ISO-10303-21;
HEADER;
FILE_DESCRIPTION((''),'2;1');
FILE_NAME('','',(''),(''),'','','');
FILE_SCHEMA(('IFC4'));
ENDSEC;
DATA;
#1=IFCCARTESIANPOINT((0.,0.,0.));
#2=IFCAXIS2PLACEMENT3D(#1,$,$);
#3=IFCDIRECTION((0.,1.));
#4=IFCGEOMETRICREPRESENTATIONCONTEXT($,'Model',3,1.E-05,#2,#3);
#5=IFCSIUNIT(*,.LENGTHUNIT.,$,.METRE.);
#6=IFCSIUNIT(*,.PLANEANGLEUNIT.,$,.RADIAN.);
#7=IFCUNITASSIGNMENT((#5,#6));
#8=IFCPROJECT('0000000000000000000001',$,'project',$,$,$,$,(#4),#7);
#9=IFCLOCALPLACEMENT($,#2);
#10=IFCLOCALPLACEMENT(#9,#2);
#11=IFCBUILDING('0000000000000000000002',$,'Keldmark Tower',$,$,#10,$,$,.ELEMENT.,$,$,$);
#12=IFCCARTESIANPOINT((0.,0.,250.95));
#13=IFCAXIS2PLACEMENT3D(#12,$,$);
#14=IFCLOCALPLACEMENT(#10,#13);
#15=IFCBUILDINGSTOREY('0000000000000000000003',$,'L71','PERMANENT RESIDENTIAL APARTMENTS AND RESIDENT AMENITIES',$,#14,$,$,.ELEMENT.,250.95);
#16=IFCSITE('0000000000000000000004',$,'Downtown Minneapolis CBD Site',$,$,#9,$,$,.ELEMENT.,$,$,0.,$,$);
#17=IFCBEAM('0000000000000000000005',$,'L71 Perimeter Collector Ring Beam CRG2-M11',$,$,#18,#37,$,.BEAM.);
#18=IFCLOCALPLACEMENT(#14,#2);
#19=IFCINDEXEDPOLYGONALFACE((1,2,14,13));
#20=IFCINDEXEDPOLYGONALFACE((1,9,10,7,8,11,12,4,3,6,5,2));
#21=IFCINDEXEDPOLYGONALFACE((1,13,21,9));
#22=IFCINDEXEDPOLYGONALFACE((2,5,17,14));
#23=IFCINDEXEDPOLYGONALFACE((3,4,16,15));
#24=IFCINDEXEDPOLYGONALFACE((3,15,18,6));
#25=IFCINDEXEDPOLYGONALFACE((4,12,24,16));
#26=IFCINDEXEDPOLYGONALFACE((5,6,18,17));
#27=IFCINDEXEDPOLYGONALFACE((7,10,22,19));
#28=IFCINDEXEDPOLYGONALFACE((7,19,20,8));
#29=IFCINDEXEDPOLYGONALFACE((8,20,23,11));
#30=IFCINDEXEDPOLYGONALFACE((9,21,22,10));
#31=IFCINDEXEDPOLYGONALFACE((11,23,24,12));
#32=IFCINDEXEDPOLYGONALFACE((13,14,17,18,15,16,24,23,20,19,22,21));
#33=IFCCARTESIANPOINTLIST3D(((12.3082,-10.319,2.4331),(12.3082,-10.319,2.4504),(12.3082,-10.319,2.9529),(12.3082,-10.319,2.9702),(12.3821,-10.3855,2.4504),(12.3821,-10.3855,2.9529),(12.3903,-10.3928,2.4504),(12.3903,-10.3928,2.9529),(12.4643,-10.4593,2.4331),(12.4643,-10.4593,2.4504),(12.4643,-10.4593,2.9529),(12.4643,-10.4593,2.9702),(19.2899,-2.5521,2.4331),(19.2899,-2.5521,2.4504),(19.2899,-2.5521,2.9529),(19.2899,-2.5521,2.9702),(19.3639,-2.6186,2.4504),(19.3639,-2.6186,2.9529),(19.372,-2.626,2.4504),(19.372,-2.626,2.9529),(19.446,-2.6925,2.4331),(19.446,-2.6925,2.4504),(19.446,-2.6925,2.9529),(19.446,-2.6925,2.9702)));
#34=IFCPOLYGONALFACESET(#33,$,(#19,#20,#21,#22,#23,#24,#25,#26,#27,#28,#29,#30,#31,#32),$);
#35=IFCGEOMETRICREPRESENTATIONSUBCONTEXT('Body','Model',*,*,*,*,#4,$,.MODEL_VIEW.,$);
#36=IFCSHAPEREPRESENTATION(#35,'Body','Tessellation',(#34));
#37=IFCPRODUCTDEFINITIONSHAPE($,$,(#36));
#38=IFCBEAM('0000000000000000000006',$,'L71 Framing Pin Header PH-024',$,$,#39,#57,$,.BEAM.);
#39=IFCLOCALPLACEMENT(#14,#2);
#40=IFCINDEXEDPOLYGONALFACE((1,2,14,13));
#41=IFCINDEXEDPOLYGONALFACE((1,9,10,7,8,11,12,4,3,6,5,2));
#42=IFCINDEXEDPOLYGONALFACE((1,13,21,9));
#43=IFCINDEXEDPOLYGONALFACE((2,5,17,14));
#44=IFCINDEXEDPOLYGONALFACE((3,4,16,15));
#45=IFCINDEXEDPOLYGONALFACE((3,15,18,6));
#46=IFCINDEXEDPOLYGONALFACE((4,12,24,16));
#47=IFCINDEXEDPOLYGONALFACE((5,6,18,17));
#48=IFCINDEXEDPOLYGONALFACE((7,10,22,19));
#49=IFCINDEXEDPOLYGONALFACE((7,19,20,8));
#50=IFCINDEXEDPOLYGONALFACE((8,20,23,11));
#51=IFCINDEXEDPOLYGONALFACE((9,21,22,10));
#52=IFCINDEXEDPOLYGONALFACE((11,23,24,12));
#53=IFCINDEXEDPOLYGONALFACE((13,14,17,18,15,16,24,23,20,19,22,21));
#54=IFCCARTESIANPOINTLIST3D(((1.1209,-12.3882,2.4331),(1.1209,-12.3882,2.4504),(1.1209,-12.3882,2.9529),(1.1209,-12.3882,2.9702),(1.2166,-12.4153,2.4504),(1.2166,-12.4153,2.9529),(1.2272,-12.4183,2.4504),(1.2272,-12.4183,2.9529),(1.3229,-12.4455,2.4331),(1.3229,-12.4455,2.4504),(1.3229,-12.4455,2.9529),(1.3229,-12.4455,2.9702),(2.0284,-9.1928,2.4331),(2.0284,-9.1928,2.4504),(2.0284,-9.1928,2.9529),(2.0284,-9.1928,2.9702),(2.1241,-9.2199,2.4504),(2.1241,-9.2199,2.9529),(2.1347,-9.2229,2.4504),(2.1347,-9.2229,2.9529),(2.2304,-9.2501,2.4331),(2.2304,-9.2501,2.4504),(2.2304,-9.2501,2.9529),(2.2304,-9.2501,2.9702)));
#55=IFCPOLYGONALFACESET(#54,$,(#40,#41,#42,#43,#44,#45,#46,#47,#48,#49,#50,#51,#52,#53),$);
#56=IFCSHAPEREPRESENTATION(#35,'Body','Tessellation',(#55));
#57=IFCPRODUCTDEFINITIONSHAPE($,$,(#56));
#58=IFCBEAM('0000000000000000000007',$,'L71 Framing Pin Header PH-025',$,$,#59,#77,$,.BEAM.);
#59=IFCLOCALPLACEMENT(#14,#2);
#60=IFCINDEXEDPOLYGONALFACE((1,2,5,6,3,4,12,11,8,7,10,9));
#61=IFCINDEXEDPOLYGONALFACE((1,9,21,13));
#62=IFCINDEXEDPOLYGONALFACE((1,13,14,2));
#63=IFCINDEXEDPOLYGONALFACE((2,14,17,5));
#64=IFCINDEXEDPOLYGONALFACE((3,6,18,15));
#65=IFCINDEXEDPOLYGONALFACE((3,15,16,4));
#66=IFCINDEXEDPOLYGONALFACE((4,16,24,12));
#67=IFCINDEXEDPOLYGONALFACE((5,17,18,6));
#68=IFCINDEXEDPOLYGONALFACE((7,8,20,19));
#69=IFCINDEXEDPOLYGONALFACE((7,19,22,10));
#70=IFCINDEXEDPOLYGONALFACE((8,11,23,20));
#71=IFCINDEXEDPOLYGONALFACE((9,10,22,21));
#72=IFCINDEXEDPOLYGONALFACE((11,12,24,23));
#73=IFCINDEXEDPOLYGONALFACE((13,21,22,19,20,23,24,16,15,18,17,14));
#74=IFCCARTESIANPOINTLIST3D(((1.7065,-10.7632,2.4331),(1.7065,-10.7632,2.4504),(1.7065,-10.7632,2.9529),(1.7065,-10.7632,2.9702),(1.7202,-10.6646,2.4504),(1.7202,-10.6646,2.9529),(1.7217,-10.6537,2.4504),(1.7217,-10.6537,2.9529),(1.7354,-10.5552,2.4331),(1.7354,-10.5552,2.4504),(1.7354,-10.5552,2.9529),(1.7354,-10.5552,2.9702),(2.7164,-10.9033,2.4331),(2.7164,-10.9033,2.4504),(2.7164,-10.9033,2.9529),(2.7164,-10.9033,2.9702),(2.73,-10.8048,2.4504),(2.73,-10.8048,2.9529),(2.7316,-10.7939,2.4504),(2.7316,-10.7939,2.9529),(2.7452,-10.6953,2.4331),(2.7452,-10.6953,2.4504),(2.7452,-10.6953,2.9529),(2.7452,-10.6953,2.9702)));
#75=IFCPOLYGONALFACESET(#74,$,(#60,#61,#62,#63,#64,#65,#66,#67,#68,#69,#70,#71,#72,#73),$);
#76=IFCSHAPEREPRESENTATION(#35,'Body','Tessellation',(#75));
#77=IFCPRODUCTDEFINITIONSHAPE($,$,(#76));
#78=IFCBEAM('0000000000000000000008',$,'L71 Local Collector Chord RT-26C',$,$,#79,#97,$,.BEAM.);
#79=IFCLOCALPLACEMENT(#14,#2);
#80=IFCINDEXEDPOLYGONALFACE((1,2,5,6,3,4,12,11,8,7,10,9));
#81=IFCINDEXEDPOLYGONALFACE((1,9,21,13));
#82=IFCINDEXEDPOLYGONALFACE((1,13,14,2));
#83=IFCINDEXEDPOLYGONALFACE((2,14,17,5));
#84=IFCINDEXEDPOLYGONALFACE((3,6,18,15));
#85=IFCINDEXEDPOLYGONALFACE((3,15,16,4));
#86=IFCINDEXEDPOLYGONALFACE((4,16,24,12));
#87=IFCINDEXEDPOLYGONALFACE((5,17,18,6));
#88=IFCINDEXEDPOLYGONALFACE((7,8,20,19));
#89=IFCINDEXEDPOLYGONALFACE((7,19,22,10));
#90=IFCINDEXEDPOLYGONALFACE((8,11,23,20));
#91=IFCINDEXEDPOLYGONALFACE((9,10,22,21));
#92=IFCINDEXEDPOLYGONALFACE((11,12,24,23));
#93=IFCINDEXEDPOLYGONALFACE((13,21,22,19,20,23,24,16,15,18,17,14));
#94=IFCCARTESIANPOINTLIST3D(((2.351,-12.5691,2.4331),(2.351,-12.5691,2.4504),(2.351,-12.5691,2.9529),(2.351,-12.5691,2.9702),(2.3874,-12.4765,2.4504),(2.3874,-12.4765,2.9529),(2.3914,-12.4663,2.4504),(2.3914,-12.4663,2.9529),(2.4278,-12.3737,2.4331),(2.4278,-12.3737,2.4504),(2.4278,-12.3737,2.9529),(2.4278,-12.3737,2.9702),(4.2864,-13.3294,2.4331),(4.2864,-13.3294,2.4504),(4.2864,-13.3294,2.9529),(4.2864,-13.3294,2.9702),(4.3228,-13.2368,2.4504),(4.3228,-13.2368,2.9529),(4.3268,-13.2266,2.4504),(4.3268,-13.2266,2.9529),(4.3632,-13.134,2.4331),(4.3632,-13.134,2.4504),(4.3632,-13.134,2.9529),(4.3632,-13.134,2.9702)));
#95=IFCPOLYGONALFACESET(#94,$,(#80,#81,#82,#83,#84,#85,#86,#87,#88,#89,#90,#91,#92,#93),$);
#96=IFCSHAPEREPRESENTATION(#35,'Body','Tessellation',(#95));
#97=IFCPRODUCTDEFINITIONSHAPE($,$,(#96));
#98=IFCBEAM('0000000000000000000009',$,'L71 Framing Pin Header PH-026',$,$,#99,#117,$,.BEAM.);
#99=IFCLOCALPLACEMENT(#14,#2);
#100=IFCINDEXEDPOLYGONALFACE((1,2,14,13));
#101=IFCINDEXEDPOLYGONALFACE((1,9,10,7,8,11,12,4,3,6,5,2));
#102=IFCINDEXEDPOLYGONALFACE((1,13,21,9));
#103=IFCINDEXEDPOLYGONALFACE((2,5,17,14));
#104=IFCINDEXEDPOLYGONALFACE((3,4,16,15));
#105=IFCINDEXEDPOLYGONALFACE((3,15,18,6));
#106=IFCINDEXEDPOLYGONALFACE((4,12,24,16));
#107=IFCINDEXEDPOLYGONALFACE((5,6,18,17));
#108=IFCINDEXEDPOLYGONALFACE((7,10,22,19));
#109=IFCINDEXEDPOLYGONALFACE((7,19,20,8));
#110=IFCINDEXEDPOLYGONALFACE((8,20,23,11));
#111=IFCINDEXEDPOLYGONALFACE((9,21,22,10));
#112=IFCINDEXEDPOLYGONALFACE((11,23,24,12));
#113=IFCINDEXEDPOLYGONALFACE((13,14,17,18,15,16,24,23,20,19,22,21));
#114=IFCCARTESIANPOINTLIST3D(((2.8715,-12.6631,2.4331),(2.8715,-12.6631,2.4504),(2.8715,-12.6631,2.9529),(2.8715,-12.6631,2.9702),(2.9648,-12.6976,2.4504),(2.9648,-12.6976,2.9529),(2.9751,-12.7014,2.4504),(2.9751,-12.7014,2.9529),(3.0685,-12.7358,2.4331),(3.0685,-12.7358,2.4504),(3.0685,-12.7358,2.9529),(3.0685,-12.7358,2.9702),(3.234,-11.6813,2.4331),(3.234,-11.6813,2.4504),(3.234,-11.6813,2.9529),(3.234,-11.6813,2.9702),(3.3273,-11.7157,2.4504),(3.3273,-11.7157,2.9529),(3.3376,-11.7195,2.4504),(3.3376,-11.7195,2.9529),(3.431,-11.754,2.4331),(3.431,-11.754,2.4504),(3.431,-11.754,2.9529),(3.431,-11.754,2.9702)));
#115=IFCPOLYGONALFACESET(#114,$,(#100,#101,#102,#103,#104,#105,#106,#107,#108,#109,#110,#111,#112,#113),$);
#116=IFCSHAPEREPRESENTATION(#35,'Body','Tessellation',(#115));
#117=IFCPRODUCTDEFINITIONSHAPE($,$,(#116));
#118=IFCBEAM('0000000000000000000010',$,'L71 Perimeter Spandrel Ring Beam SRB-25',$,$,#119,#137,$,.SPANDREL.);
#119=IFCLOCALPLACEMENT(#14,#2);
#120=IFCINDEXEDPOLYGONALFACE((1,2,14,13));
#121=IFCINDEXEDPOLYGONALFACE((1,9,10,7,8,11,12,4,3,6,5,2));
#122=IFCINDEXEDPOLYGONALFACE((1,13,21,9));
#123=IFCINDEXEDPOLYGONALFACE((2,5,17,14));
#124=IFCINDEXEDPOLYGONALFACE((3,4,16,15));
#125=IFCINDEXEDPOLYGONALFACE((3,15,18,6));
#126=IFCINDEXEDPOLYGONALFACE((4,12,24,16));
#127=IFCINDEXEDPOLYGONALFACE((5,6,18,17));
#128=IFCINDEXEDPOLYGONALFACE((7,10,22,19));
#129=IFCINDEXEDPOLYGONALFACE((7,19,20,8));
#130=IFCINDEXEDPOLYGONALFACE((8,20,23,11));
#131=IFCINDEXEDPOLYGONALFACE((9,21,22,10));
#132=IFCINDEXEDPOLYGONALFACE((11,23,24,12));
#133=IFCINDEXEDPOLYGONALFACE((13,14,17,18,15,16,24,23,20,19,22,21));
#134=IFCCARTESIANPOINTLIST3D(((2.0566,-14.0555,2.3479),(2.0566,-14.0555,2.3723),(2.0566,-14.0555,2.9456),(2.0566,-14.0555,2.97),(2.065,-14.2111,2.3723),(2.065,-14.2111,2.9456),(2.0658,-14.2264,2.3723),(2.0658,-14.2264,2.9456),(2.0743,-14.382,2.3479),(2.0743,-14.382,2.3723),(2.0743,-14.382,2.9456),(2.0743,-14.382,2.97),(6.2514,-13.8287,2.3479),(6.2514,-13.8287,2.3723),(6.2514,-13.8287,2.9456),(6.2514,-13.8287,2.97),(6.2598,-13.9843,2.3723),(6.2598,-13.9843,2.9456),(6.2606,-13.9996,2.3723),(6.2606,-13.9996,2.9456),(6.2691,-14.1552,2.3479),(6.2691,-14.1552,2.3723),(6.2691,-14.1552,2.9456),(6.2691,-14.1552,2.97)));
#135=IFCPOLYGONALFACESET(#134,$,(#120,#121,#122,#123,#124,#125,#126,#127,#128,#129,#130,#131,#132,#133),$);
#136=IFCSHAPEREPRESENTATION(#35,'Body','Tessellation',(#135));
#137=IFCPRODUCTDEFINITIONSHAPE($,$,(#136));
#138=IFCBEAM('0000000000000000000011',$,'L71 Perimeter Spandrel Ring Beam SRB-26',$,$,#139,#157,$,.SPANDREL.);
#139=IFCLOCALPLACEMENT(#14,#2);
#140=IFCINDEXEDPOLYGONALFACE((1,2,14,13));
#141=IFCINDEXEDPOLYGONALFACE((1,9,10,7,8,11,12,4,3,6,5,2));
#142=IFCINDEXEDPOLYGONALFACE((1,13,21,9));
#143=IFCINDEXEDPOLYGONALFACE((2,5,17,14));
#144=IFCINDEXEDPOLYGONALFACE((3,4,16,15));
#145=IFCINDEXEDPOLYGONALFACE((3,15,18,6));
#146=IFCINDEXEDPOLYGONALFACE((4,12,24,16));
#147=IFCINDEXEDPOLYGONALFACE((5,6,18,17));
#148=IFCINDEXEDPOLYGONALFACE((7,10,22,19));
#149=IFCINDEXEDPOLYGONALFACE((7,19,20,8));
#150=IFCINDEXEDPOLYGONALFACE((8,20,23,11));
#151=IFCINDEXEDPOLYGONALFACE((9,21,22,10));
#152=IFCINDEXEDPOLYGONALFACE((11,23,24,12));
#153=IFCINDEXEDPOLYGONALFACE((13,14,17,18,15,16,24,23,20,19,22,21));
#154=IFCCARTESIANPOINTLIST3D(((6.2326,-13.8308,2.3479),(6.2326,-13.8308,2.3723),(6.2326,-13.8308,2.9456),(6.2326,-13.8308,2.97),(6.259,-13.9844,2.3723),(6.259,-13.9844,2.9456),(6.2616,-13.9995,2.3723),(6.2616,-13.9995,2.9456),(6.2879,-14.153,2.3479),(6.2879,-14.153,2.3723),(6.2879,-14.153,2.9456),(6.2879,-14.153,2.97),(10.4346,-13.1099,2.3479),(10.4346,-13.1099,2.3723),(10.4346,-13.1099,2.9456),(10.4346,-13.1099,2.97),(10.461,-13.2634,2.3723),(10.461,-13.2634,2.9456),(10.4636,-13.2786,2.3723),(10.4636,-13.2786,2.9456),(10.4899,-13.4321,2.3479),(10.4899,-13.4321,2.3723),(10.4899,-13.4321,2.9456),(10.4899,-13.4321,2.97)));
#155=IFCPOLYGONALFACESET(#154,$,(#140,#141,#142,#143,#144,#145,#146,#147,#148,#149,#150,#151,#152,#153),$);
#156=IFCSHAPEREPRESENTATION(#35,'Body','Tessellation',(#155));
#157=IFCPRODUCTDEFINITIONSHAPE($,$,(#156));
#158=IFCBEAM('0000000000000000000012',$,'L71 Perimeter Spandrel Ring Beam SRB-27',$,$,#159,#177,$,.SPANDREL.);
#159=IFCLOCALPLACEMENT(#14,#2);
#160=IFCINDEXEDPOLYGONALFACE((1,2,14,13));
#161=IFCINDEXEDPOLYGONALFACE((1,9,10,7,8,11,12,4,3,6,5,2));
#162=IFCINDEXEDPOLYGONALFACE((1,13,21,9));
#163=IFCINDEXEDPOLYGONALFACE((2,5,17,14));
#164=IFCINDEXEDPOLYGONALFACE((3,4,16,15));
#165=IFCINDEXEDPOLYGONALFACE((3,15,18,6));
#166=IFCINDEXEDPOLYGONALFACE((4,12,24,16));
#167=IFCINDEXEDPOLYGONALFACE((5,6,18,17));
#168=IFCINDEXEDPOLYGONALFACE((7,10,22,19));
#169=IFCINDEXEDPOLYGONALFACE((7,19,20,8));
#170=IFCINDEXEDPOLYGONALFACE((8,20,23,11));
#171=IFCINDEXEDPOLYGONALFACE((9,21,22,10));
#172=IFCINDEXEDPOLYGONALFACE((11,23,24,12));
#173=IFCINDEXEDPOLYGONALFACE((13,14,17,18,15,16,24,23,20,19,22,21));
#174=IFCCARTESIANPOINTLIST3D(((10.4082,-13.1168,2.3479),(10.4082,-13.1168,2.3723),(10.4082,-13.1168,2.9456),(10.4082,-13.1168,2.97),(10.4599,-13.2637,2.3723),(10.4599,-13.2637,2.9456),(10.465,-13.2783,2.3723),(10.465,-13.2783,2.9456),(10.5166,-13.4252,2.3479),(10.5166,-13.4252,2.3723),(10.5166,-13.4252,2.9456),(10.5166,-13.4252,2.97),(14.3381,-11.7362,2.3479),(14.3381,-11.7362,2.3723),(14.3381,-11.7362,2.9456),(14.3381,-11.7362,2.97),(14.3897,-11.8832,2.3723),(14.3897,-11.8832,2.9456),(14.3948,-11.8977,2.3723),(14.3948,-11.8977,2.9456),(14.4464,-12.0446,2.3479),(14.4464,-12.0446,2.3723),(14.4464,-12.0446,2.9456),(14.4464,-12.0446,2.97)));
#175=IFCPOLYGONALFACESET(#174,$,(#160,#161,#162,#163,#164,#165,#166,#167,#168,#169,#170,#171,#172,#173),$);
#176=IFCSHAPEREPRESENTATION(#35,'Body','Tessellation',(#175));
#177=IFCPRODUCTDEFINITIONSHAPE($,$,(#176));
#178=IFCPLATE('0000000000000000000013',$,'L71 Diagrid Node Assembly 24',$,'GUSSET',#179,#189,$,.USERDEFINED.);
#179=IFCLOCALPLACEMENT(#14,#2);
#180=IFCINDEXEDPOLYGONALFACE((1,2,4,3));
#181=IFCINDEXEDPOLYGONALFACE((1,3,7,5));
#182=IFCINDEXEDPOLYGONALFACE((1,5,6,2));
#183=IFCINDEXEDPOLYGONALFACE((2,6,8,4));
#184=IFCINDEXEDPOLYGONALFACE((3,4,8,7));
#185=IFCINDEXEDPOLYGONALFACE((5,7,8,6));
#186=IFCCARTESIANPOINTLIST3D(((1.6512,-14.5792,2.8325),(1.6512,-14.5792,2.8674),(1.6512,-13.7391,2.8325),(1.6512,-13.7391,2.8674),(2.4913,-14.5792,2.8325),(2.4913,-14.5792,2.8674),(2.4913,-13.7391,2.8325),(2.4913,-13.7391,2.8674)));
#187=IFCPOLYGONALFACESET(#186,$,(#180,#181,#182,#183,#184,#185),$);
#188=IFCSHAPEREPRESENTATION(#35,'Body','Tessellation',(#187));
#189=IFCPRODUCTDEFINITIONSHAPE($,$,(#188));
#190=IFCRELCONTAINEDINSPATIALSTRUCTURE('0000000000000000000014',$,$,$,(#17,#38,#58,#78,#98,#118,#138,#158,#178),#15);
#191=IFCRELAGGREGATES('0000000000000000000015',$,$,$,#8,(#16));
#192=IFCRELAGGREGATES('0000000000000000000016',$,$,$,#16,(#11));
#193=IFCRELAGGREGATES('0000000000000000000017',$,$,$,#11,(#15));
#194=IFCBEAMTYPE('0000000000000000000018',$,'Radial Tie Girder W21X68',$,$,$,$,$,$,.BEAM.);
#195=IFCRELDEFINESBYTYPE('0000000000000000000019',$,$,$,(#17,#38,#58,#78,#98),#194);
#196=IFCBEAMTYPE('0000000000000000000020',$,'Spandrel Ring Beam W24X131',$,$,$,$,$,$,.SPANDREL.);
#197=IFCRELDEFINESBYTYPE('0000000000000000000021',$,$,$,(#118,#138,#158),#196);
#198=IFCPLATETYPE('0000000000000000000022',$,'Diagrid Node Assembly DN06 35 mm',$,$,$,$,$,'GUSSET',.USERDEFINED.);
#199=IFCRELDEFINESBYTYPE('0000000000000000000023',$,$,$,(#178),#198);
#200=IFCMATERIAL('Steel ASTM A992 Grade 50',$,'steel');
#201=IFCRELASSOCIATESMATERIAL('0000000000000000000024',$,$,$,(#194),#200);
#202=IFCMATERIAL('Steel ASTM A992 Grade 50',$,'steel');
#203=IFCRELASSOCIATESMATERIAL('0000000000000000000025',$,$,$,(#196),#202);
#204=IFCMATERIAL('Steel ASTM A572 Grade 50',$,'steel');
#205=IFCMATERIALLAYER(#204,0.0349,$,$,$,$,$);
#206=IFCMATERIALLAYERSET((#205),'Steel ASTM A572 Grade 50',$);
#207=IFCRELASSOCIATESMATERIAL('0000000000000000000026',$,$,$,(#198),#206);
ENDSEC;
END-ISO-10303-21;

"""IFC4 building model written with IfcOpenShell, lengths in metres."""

from ifc_helpers import new_model, si_unit, direction, frame, origin, origin_2d, place, context, subcontext, project, spatial, rectangle, i_section, extrude, material, layer, layer_set, material_profile, profile_set, type_object, element, save


model = new_model("IFC4")

# Units and contexts
model_context = context("Model", 3, precision=1e-05, world=origin(), true_north=direction((0.0, 1.0)))
body_context = subcontext(model_context, "Body", "Model", "MODEL_VIEW")
ifc_project = project(units=[si_unit("LENGTHUNIT", "METRE"), si_unit("PLANEANGLEUNIT", "RADIAN")], contexts=[model_context])

# Site, building, storey
site_placement = place(None, origin())
site = spatial("IfcSite", under=ifc_project, at=site_placement, Name="Downtown Minneapolis CBD Site", CompositionType="ELEMENT", RefElevation=0.0)
building_placement = place(site_placement, origin())
building = spatial("IfcBuilding", under=site, at=building_placement, Name="Keldmark Tower", CompositionType="ELEMENT")
storey_placement = place(building_placement, frame((0.0, 0.0, 250.95)))
storey = spatial("IfcBuildingStorey", under=building, at=storey_placement, Name="L71", Description="PERMANENT RESIDENTIAL APARTMENTS AND RESIDENT AMENITIES", CompositionType="ELEMENT", Elevation=250.95)

# Beams
ifc_material_1 = material(Name="Steel ASTM A992 Grade 50", Category="steel")
ifc_material_profile_1 = material_profile(ifc_material_1, i_section(OverallWidth=0.21, OverallDepth=0.5371, WebThickness=0.011, FlangeThickness=0.0173, at=origin_2d()), Name="W21X68")
ifc_profile_set_1 = profile_set([ifc_material_profile_1], Name="Steel ASTM A992 Grade 50")
beam_type_1 = type_object("IfcBeamType", Name="Radial Tie Girder W21X68", PredefinedType="BEAM", material=ifc_profile_set_1)
beam_1_placement = place(storey_placement, frame((12.3862, -10.3892, 2.7017), z_axis=(0.668516, 0.743697, 0.0), x_axis=(-0.743697, 0.668516, 0.0)))
element("IfcBeam", 1, at=beam_1_placement, inside=storey, type_object=beam_type_1, Name="L71 Perimeter Collector Ring Beam CRG2-M11", PredefinedType="BEAM", context=body_context, shape_type="SweptSolid", body=[
    extrude(i_section(OverallWidth=0.21, OverallDepth=0.5371, WebThickness=0.011, FlangeThickness=0.0173, at=origin_2d()), origin(), (0.0, 0.0, 1.0), 10.4436),
])
beam_2_placement = place(storey_placement, frame((2.1294, -9.2214, 2.7017), z_axis=(-0.273197, -0.961958, 0.0), x_axis=(0.961958, -0.273197, 0.0)))
element("IfcBeam", 2, at=beam_2_placement, inside=storey, type_object=beam_type_1, Name="L71 Framing Pin Header PH-024", PredefinedType="BEAM", context=body_context, shape_type="SweptSolid", body=[
    extrude(i_section(OverallWidth=0.21, OverallDepth=0.5371, WebThickness=0.011, FlangeThickness=0.0173, at=origin_2d()), origin(), (0.0, 0.0, 1.0), 3.3218),
])
beam_3_placement = place(storey_placement, frame((1.7209, -10.6592, 2.7017), z_axis=(0.990507, -0.137464, 0.0), x_axis=(0.137464, 0.990507, 0.0)))
element("IfcBeam", 3, at=beam_3_placement, inside=storey, type_object=beam_type_1, Name="L71 Framing Pin Header PH-025", PredefinedType="BEAM", context=body_context, shape_type="SweptSolid", body=[
    extrude(i_section(OverallWidth=0.21, OverallDepth=0.5371, WebThickness=0.011, FlangeThickness=0.0173, at=origin_2d()), origin(), (0.0, 0.0, 1.0), 1.0195),
])
beam_4_placement = place(storey_placement, frame((2.3894, -12.4714, 2.7017), z_axis=(0.930759, -0.365634, 0.0), x_axis=(0.365634, 0.930759, 0.0)))
element("IfcBeam", 4, at=beam_4_placement, inside=storey, type_object=beam_type_1, Name="L71 Local Collector Chord RT-26C", PredefinedType="BEAM", context=body_context, shape_type="SweptSolid", body=[
    extrude(i_section(OverallWidth=0.21, OverallDepth=0.5371, WebThickness=0.011, FlangeThickness=0.0173, at=origin_2d()), origin(), (0.0, 0.0, 1.0), 2.0793),
])
beam_5_placement = place(storey_placement, frame((2.97, -12.6995, 2.7017), z_axis=(0.346365, 0.9381, 0.0), x_axis=(-0.9381, 0.346365, 0.0)))
element("IfcBeam", 5, at=beam_5_placement, inside=storey, type_object=beam_type_1, Name="L71 Framing Pin Header PH-026", PredefinedType="BEAM", context=body_context, shape_type="SweptSolid", body=[
    extrude(i_section(OverallWidth=0.21, OverallDepth=0.5371, WebThickness=0.011, FlangeThickness=0.0173, at=origin_2d()), origin(), (0.0, 0.0, 1.0), 1.0466),
])
ifc_material_2 = material(Name="Steel ASTM A992 Grade 50", Category="steel")
ifc_material_profile_2 = material_profile(ifc_material_2, i_section(OverallWidth=0.3269, OverallDepth=0.6221, WebThickness=0.0154, FlangeThickness=0.0244, at=origin_2d()), Name="W24X131")
ifc_profile_set_2 = profile_set([ifc_material_profile_2], Name="Steel ASTM A992 Grade 50")
beam_type_2 = type_object("IfcBeamType", Name="Spandrel Ring Beam W24X131", PredefinedType="SPANDREL", material=ifc_profile_set_2)
beam_6_placement = place(storey_placement, frame((2.0654, -14.2188, 2.6589), z_axis=(0.998542, 0.053989, 0.0), x_axis=(-0.053989, 0.998542, 0.0)))
element("IfcBeam", 6, at=beam_6_placement, inside=storey, type_object=beam_type_2, Name="L71 Perimeter Spandrel Ring Beam SRB-25", PredefinedType="SPANDREL", context=body_context, shape_type="SweptSolid", body=[
    extrude(i_section(OverallWidth=0.3269, OverallDepth=0.6221, WebThickness=0.0154, FlangeThickness=0.0244, at=origin_2d()), origin(), (0.0, 0.0, 1.0), 4.2009),
])
beam_7_placement = place(storey_placement, frame((6.2603, -13.9919, 2.6589), z_axis=(0.9856, 0.169096, 0.0), x_axis=(-0.169096, 0.9856, 0.0)))
element("IfcBeam", 7, at=beam_7_placement, inside=storey, type_object=beam_type_2, Name="L71 Perimeter Spandrel Ring Beam SRB-26", PredefinedType="SPANDREL", context=body_context, shape_type="SweptSolid", body=[
    extrude(i_section(OverallWidth=0.3269, OverallDepth=0.6221, WebThickness=0.0154, FlangeThickness=0.0244, at=origin_2d()), origin(), (0.0, 0.0, 1.0), 4.2634),
])
beam_8_placement = place(storey_placement, frame((10.4624, -13.271, 2.6589), z_axis=(0.943473, 0.331449, 0.0), x_axis=(-0.331449, 0.943473, 0.0)))
element("IfcBeam", 8, at=beam_8_placement, inside=storey, type_object=beam_type_2, Name="L71 Perimeter Spandrel Ring Beam SRB-27", PredefinedType="SPANDREL", context=body_context, shape_type="SweptSolid", body=[
    extrude(i_section(OverallWidth=0.3269, OverallDepth=0.6221, WebThickness=0.0154, FlangeThickness=0.0244, at=origin_2d()), origin(), (0.0, 0.0, 1.0), 4.1653),
])

# Plate
ifc_material_3 = material(Name="Steel ASTM A572 Grade 50", Category="steel")
ifc_layer_1 = layer(ifc_material_3, 0.0349)
ifc_layer_set_1 = layer_set([ifc_layer_1], Name="Steel ASTM A572 Grade 50")
plate_type = type_object("IfcPlateType", Name="Diagrid Node Assembly DN06 35 mm", ElementType="GUSSET", PredefinedType="USERDEFINED", material=ifc_layer_set_1)
for number, where, z_axis, x_axis, name in (
    (9, (2.0713, -14.1592, 2.8325), (0.0, 0.0, 1.0), (1.0, 0.0, 0.0), "L71 Diagrid Node Assembly 24"),
):
    element("IfcPlate", number, at=place(storey_placement, frame(where, z_axis=z_axis, x_axis=x_axis)), inside=storey, type_object=plate_type, Name=name, ObjectType="GUSSET", PredefinedType="USERDEFINED", context=body_context, shape_type="SweptSolid", body=[
        extrude(rectangle(XDim=0.8401, YDim=0.8401, at=origin_2d()), origin(), (0.0, 0.0, 1.0), 0.0349),
    ])

save(model, "model.ifc")
